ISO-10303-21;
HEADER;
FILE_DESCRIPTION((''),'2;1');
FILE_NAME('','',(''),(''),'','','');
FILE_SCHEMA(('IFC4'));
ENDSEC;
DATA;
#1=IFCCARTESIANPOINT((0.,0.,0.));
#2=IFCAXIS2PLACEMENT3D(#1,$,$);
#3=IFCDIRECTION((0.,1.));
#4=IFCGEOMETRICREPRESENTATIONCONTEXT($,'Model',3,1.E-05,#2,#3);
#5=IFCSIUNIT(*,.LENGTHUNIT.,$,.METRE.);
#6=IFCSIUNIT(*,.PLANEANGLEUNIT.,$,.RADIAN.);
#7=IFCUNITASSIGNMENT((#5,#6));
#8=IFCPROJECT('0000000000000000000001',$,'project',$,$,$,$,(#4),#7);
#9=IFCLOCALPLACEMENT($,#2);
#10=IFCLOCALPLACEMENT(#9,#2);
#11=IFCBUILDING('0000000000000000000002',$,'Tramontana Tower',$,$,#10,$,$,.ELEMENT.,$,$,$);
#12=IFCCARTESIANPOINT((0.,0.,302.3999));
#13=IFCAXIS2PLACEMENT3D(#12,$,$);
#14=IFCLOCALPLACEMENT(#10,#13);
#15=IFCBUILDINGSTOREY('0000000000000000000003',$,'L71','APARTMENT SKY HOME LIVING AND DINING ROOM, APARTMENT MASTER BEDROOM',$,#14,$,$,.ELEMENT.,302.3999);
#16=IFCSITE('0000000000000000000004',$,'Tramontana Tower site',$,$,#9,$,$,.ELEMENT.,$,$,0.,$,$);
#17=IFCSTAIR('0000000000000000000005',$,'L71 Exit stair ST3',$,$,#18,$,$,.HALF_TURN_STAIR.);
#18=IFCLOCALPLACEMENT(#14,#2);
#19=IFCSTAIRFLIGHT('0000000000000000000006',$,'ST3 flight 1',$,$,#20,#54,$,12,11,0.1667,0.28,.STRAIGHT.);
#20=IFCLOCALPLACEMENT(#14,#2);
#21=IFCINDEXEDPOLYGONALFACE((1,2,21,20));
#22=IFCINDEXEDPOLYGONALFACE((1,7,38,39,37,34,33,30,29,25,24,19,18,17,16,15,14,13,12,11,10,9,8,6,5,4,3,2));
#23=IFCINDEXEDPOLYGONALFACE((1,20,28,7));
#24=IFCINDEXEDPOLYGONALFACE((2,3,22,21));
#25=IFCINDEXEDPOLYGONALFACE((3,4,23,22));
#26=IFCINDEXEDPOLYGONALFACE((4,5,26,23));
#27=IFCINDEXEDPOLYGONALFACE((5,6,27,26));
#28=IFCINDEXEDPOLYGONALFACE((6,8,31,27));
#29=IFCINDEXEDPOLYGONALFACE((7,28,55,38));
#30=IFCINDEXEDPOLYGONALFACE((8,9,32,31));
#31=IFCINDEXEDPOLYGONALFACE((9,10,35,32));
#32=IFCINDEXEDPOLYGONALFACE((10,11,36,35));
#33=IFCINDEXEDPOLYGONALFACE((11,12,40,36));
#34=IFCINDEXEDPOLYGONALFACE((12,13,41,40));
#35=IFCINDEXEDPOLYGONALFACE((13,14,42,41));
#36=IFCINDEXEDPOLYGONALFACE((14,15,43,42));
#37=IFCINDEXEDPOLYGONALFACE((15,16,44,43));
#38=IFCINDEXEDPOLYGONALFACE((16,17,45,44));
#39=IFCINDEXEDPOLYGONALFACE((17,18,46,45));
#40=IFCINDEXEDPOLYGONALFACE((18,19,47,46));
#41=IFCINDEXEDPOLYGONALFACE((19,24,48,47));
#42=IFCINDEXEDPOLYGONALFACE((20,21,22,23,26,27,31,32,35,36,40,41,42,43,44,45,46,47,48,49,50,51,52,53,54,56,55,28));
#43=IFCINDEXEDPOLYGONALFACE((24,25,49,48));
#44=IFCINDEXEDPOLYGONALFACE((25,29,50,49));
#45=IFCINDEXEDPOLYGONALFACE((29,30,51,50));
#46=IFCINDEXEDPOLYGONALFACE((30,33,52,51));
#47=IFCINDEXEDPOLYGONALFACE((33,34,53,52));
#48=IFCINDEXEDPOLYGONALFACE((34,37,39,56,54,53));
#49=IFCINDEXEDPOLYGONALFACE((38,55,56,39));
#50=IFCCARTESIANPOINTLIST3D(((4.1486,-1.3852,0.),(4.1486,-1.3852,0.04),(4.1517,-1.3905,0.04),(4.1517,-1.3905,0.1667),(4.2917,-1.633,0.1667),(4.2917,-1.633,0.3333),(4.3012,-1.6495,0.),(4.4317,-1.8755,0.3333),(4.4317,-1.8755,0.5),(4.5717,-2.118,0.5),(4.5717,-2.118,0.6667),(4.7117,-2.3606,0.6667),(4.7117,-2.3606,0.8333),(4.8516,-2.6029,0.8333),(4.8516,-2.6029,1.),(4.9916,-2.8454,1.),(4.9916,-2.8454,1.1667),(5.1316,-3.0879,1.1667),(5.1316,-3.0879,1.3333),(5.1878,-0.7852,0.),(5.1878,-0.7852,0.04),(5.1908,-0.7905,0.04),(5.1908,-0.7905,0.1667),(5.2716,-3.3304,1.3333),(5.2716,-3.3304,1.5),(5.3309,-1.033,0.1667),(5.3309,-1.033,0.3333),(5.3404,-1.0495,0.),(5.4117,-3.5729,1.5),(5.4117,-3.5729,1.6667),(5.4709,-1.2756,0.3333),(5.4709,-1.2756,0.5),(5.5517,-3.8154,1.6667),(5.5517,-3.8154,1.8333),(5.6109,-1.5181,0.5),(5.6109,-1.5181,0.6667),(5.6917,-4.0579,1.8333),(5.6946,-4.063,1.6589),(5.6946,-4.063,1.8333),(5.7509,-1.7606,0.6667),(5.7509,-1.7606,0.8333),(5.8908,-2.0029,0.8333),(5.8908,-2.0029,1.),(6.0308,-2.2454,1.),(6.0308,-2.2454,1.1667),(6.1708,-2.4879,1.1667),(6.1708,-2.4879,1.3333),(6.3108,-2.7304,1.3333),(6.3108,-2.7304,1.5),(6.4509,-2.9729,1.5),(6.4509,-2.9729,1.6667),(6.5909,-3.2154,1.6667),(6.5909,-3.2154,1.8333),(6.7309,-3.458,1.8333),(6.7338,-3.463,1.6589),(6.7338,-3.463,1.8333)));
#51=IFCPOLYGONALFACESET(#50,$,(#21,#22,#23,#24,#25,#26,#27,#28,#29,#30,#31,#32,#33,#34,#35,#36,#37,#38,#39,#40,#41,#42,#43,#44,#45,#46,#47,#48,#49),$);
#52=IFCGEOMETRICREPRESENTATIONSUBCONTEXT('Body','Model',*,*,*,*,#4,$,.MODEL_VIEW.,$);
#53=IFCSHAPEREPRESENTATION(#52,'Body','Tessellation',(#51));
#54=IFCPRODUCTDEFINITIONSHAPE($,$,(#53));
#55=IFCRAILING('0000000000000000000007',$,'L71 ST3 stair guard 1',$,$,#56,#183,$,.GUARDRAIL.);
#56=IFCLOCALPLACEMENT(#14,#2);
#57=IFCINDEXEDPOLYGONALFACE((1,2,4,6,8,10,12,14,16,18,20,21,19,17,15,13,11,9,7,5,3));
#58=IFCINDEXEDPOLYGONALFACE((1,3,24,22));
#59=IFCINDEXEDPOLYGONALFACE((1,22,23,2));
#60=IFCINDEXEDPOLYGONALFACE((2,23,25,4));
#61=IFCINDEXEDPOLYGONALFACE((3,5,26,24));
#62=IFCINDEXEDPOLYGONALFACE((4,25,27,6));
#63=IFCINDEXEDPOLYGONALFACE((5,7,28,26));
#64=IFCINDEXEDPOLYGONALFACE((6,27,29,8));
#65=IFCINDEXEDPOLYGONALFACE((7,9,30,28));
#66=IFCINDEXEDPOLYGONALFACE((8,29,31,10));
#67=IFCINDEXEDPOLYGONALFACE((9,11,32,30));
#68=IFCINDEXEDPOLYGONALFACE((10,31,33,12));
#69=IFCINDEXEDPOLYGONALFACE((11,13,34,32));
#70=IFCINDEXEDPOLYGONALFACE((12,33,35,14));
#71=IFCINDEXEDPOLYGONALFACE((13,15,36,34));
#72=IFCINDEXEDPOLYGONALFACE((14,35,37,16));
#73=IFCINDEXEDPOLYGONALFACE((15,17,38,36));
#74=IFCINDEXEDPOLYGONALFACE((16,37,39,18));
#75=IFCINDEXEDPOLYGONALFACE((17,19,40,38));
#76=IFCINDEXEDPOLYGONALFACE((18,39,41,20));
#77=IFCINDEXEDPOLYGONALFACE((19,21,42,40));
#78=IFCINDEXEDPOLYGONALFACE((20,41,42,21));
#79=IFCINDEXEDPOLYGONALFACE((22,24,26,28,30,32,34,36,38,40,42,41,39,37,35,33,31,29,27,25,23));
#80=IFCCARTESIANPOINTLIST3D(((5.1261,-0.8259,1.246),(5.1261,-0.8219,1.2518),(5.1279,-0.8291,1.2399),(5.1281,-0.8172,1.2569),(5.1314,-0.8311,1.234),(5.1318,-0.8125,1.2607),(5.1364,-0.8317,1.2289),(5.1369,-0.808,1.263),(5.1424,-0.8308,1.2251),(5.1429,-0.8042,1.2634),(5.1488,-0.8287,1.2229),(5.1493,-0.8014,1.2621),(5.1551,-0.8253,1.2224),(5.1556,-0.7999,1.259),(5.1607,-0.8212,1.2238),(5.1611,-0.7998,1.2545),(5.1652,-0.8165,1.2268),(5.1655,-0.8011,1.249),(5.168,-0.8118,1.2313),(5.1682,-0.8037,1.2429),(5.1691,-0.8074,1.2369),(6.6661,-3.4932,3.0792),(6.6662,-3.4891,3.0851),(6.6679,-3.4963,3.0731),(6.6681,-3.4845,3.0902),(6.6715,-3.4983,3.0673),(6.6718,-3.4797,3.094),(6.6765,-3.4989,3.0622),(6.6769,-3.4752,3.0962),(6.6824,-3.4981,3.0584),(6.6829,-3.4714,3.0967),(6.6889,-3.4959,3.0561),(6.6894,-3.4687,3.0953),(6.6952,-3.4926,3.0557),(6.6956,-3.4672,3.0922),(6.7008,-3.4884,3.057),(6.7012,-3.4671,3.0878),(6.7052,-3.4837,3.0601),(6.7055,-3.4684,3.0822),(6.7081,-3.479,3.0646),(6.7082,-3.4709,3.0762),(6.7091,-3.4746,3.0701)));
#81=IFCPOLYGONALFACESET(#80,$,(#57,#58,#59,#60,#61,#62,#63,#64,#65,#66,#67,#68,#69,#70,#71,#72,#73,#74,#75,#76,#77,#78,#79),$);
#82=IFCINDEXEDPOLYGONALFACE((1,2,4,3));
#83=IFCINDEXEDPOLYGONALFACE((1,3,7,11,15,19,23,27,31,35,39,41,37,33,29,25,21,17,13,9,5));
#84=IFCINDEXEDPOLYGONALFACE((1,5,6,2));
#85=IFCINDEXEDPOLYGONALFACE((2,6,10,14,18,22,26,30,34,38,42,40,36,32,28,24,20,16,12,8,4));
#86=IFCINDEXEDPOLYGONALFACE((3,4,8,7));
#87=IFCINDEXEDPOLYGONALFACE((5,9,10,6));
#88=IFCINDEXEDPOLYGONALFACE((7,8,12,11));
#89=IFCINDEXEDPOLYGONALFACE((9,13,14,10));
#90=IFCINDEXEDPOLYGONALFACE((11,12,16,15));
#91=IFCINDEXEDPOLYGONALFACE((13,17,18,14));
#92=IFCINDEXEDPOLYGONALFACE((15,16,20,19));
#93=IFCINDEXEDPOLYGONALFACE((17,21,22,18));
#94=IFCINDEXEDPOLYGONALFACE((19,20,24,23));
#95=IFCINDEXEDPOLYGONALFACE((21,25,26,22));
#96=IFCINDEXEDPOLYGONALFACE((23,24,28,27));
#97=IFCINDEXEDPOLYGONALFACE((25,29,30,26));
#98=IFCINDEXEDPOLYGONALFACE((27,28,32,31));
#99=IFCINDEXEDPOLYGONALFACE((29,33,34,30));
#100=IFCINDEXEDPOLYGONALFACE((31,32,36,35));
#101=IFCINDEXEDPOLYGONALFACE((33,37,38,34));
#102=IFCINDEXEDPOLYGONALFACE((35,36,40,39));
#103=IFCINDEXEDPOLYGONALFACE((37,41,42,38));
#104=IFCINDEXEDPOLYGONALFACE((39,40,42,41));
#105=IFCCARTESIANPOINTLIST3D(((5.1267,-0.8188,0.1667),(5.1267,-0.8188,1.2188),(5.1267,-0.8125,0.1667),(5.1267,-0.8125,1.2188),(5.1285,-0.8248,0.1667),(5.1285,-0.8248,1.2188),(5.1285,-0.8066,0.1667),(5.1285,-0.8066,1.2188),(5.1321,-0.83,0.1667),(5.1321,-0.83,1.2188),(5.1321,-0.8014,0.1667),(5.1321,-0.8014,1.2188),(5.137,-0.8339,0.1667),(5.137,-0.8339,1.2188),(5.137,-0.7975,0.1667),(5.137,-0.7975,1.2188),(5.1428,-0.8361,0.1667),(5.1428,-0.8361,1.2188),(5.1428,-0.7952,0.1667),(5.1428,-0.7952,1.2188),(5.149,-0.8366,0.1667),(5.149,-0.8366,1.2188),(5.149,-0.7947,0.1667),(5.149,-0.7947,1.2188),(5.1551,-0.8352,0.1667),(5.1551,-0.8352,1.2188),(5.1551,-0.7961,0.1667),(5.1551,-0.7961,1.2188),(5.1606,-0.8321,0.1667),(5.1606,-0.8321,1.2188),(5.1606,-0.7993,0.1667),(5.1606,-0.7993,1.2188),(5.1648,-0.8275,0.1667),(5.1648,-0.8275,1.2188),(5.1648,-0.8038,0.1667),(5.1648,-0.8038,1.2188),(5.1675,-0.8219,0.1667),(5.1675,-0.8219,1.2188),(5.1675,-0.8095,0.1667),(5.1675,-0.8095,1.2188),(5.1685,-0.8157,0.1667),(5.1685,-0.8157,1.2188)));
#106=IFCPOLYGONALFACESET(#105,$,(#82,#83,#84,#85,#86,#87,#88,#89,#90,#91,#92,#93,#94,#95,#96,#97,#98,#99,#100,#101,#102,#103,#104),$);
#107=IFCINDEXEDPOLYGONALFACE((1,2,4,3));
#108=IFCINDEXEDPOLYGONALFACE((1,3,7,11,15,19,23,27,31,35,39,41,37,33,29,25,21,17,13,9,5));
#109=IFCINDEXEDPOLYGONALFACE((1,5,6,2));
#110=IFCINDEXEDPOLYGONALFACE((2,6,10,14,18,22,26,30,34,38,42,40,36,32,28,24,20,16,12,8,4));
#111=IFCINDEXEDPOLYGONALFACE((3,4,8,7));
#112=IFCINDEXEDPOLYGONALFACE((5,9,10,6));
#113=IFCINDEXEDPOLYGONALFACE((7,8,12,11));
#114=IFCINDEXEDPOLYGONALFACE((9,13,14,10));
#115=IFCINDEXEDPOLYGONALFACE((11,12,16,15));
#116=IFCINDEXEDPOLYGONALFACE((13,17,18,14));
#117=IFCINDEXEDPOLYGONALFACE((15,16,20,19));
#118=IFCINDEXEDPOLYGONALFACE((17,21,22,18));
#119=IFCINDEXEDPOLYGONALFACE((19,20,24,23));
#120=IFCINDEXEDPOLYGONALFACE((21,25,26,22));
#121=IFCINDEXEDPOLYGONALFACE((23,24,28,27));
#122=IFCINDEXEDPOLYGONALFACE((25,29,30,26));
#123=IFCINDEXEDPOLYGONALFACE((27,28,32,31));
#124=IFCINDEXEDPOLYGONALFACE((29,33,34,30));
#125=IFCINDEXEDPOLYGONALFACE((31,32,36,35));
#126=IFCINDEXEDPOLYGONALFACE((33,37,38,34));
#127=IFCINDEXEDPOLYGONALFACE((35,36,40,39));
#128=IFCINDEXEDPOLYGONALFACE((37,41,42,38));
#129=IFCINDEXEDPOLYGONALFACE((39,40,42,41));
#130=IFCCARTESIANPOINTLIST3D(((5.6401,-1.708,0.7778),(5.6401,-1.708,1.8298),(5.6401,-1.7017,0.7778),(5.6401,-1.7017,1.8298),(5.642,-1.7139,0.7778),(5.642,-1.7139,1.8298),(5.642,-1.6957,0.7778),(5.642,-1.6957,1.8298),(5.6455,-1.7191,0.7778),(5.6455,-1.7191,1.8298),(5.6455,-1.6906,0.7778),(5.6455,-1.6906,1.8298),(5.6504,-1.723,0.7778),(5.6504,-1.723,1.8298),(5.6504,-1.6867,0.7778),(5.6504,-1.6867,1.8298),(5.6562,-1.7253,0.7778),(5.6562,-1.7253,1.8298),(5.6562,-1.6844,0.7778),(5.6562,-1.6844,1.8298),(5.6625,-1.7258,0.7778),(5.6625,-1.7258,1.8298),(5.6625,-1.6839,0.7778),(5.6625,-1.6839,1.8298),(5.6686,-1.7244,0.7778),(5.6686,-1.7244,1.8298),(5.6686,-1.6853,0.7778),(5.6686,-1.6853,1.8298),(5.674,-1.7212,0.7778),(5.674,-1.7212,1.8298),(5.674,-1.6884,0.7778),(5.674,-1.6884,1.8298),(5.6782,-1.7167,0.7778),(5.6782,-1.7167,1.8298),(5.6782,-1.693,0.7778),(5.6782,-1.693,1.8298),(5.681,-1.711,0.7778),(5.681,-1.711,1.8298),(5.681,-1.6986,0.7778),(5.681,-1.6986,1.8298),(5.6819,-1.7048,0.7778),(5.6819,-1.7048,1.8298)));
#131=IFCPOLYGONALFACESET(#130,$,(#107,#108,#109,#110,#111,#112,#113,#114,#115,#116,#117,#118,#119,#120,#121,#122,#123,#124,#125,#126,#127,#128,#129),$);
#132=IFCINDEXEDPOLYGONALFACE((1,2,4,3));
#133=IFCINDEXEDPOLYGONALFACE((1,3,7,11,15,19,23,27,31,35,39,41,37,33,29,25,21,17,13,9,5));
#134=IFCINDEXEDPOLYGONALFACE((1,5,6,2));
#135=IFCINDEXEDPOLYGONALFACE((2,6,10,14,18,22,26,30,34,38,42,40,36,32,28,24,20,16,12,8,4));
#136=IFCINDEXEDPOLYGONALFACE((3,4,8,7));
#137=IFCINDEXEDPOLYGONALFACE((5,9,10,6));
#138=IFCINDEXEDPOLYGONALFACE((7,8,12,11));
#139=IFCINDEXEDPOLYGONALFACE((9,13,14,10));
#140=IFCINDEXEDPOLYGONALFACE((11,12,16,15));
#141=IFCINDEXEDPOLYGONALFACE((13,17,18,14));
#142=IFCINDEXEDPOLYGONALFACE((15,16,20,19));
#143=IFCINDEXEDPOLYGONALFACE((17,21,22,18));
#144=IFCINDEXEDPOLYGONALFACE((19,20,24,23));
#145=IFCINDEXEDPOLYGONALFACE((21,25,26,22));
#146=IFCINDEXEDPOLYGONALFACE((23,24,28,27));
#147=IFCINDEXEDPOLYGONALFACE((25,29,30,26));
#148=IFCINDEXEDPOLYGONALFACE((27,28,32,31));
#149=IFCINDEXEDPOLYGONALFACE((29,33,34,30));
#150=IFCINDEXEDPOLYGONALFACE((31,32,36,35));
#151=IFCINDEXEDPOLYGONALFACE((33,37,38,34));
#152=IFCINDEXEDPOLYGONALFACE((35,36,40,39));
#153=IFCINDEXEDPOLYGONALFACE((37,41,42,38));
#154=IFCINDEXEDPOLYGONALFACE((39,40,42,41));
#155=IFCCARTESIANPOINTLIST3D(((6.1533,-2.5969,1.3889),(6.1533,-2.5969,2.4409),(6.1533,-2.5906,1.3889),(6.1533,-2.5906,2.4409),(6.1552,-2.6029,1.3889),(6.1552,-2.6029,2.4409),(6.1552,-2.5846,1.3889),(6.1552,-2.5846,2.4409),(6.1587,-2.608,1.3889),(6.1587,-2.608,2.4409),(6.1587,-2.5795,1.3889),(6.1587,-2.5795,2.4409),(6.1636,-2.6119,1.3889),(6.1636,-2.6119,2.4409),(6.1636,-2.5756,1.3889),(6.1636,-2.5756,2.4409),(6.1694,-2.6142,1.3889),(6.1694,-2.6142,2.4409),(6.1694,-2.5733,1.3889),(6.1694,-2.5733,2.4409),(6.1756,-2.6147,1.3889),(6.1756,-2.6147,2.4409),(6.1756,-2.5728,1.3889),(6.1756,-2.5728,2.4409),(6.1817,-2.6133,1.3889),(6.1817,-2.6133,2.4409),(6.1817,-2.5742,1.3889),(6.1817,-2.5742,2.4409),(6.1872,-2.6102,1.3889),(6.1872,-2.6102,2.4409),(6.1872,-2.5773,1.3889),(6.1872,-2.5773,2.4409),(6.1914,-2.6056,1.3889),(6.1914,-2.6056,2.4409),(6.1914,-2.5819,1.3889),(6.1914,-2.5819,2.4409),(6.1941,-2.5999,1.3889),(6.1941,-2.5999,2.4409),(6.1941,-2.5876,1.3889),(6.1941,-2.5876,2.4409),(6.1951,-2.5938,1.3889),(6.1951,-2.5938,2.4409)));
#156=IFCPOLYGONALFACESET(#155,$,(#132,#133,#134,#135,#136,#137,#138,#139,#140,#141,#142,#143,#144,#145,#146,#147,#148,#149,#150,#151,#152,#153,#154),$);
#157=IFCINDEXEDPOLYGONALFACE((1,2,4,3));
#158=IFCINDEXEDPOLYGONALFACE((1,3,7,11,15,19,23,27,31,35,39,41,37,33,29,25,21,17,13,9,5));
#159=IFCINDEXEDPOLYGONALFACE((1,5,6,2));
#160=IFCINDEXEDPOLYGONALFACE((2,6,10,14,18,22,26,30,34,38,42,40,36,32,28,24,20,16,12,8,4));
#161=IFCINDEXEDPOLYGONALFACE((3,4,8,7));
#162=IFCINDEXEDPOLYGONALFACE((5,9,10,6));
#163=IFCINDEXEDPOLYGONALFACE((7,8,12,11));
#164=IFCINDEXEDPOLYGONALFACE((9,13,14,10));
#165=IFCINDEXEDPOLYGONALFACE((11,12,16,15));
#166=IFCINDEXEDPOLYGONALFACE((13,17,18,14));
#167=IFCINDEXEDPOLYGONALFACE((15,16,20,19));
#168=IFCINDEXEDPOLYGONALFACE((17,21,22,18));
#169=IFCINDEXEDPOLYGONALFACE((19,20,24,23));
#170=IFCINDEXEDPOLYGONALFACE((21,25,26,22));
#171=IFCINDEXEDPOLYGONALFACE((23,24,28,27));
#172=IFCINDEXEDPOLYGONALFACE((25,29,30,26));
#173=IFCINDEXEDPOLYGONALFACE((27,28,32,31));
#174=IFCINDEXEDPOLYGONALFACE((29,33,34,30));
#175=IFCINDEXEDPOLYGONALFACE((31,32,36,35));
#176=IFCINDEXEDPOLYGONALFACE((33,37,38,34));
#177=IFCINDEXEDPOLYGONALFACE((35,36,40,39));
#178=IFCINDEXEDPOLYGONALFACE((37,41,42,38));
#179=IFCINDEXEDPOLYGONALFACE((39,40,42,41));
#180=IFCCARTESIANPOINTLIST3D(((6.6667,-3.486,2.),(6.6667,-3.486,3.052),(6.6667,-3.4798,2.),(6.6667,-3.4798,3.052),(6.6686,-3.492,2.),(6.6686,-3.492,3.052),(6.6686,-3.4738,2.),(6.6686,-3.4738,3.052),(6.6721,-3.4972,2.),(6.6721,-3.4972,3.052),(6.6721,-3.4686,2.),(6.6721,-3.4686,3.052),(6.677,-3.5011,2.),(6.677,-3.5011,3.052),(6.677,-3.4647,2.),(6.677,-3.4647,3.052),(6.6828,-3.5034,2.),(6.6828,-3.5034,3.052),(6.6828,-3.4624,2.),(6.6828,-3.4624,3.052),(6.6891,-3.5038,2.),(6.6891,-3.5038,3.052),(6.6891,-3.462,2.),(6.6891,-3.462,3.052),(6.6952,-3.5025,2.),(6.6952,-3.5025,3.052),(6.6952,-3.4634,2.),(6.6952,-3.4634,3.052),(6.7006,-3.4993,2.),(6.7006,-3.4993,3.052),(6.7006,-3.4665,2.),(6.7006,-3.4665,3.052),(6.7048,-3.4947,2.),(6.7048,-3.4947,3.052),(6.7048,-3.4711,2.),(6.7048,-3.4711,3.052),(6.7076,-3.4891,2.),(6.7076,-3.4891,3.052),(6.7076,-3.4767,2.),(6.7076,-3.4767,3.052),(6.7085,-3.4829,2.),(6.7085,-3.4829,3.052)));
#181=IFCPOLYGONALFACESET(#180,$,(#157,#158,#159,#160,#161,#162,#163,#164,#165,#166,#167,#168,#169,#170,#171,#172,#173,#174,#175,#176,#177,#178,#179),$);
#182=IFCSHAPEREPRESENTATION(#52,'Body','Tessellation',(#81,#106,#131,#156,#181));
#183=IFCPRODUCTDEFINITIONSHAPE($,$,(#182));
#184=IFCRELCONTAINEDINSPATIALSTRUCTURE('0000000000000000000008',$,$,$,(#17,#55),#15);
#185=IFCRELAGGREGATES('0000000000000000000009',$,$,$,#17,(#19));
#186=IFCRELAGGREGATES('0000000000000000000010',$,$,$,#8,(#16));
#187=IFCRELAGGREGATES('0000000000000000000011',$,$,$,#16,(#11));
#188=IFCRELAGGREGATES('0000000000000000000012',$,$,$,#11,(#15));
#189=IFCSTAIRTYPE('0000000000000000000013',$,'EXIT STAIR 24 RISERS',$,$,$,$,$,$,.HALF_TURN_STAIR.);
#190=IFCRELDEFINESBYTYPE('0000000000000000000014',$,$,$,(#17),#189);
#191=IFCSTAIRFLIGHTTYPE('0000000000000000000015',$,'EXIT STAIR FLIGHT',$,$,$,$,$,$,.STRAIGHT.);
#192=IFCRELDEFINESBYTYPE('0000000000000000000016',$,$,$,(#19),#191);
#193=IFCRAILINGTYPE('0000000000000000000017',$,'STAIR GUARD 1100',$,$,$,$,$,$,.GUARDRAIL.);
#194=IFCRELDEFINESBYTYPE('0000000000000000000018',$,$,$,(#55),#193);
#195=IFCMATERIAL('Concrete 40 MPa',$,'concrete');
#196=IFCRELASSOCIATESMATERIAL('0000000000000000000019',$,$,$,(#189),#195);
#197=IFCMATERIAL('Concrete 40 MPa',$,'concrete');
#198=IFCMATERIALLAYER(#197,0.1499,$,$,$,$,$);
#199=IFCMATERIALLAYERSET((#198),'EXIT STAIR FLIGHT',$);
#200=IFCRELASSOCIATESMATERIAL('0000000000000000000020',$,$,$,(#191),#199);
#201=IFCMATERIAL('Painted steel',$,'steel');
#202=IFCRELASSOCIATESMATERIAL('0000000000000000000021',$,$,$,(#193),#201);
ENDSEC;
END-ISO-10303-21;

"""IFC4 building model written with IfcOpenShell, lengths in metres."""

from ifc_helpers import new_model, si_unit, direction, frame, origin, origin_2d, place, context, subcontext, project, spatial, polyline, circle, outline, extrude, material, layer, layer_set, type_object, element, aggregate, save


model = new_model("IFC4")

# Units and contexts
model_context = context("Model", 3, precision=1e-05, world=origin(), true_north=direction((0.0, 1.0)))
body_context = subcontext(model_context, "Body", "Model", "MODEL_VIEW")
ifc_project = project(units=[si_unit("LENGTHUNIT", "METRE"), si_unit("PLANEANGLEUNIT", "RADIAN")], contexts=[model_context])

# Site, building, storey
site_placement = place(None, origin())
site = spatial("IfcSite", under=ifc_project, at=site_placement, Name="Tramontana Tower site", CompositionType="ELEMENT", RefElevation=0.0)
building_placement = place(site_placement, origin())
building = spatial("IfcBuilding", under=site, at=building_placement, Name="Tramontana Tower", CompositionType="ELEMENT")
storey_placement = place(building_placement, frame((0.0, 0.0, 302.3999)))
storey = spatial("IfcBuildingStorey", under=building, at=storey_placement, Name="L71", Description="APARTMENT SKY HOME LIVING AND DINING ROOM, APARTMENT MASTER BEDROOM", CompositionType="ELEMENT", Elevation=302.3999)

# Stair
ifc_material_1 = material(Name="Concrete 40 MPa", Category="concrete")
stair_type = type_object("IfcStairType", Name="EXIT STAIR 24 RISERS", PredefinedType="HALF_TURN_STAIR", material=ifc_material_1)
stair_1_placement = place(storey_placement, origin())
stair_1 = element("IfcStair", 1, at=stair_1_placement, inside=storey, type_object=stair_type, Name="L71 Exit stair ST3", PredefinedType="HALF_TURN_STAIR")

# Stair flight
ifc_material_2 = material(Name="Concrete 40 MPa", Category="concrete")
ifc_layer_1 = layer(ifc_material_2, 0.1499)
ifc_layer_set_1 = layer_set([ifc_layer_1], Name="EXIT STAIR FLIGHT")
stair_flight_type = type_object("IfcStairFlightType", Name="EXIT STAIR FLIGHT", PredefinedType="STRAIGHT", material=ifc_layer_set_1)
stair_flight_placement = place(storey_placement, frame((4.6711, -1.0906, 0.0), z_axis=(0.0, 0.0, 1.0), x_axis=(0.5, -0.866025, 0.0)))
stair_flight = element("IfcStairFlight", 2, at=stair_flight_placement, type_object=stair_flight_type, Name="ST3 flight 1", NumberOfRisers=12, NumberOfTreads=11, PredefinedType="STRAIGHT", RiserHeight=0.1667, TreadLength=0.28, context=body_context, shape_type="SweptSolid", body=[
    extrude(outline(polyline([(-0.0061, 0.0), (-0.0061, 0.04), (0.0, 0.04), (0.0, 0.1667), (0.28, 0.1667), (0.28, 0.3333), (0.5601, 0.3333), (0.5601, 0.5), (0.8401, 0.5), (0.8401, 0.6667), (1.1201, 0.6667), (1.1201, 0.8333), (1.3999, 0.8333), (1.3999, 1.0), (1.6799, 1.0), (1.6799, 1.1667), (1.96, 1.1667), (1.96, 1.3333), (2.24, 1.3333), (2.24, 1.5), (2.52, 1.5), (2.52, 1.6667), (2.8, 1.6667), (2.8, 1.8333), (3.0801, 1.8333), (3.0859, 1.8333), (3.0859, 1.6589), (0.2991, 0.0), (-0.0061, 0.0)])), frame((0.0, 0.6001, 0.0), z_axis=(0.0, -1.0, 0.0), x_axis=(1.0, 0.0, 0.0)), (0.0, 0.0, 1.0), 1.2),
])
aggregate(stair_1, [stair_flight])

# Railing
ifc_material_3 = material(Name="Painted steel", Category="steel")
railing_type_1 = type_object("IfcRailingType", Name="STAIR GUARD 1100", PredefinedType="GUARDRAIL", material=ifc_material_3)
railing_1_placement = place(storey_placement, frame((5.1475, -0.8157, 0.1667)))
element("IfcRailing", 3, at=railing_1_placement, inside=storey, type_object=railing_type_1, Name="L71 ST3 stair guard 1", PredefinedType="GUARDRAIL", context=body_context, shape_type="SweptSolid", body=[
    extrude(circle(Radius=0.0239, at=origin_2d()), frame((0.0, 0.0, 1.0762), z_axis=(0.429671, -0.744159, 0.511478), x_axis=(0.86601, 0.500027, 0.0)), (0.0, 0.0, 1.0), 3.5842),
    extrude(circle(Radius=0.021, at=origin_2d()), origin(), (0.0, 0.0, 1.0), 1.052),
    extrude(circle(Radius=0.021, at=origin_2d()), frame((0.5134, -0.8892, 0.6111)), (0.0, 0.0, 1.0), 1.052),
    extrude(circle(Radius=0.021, at=origin_2d()), frame((1.0266, -1.7781, 1.2222)), (0.0, 0.0, 1.0), 1.052),
    extrude(circle(Radius=0.021, at=origin_2d()), frame((1.54, -2.6672, 1.8333)), (0.0, 0.0, 1.0), 1.052),
])

save(model, "model.ifc")
